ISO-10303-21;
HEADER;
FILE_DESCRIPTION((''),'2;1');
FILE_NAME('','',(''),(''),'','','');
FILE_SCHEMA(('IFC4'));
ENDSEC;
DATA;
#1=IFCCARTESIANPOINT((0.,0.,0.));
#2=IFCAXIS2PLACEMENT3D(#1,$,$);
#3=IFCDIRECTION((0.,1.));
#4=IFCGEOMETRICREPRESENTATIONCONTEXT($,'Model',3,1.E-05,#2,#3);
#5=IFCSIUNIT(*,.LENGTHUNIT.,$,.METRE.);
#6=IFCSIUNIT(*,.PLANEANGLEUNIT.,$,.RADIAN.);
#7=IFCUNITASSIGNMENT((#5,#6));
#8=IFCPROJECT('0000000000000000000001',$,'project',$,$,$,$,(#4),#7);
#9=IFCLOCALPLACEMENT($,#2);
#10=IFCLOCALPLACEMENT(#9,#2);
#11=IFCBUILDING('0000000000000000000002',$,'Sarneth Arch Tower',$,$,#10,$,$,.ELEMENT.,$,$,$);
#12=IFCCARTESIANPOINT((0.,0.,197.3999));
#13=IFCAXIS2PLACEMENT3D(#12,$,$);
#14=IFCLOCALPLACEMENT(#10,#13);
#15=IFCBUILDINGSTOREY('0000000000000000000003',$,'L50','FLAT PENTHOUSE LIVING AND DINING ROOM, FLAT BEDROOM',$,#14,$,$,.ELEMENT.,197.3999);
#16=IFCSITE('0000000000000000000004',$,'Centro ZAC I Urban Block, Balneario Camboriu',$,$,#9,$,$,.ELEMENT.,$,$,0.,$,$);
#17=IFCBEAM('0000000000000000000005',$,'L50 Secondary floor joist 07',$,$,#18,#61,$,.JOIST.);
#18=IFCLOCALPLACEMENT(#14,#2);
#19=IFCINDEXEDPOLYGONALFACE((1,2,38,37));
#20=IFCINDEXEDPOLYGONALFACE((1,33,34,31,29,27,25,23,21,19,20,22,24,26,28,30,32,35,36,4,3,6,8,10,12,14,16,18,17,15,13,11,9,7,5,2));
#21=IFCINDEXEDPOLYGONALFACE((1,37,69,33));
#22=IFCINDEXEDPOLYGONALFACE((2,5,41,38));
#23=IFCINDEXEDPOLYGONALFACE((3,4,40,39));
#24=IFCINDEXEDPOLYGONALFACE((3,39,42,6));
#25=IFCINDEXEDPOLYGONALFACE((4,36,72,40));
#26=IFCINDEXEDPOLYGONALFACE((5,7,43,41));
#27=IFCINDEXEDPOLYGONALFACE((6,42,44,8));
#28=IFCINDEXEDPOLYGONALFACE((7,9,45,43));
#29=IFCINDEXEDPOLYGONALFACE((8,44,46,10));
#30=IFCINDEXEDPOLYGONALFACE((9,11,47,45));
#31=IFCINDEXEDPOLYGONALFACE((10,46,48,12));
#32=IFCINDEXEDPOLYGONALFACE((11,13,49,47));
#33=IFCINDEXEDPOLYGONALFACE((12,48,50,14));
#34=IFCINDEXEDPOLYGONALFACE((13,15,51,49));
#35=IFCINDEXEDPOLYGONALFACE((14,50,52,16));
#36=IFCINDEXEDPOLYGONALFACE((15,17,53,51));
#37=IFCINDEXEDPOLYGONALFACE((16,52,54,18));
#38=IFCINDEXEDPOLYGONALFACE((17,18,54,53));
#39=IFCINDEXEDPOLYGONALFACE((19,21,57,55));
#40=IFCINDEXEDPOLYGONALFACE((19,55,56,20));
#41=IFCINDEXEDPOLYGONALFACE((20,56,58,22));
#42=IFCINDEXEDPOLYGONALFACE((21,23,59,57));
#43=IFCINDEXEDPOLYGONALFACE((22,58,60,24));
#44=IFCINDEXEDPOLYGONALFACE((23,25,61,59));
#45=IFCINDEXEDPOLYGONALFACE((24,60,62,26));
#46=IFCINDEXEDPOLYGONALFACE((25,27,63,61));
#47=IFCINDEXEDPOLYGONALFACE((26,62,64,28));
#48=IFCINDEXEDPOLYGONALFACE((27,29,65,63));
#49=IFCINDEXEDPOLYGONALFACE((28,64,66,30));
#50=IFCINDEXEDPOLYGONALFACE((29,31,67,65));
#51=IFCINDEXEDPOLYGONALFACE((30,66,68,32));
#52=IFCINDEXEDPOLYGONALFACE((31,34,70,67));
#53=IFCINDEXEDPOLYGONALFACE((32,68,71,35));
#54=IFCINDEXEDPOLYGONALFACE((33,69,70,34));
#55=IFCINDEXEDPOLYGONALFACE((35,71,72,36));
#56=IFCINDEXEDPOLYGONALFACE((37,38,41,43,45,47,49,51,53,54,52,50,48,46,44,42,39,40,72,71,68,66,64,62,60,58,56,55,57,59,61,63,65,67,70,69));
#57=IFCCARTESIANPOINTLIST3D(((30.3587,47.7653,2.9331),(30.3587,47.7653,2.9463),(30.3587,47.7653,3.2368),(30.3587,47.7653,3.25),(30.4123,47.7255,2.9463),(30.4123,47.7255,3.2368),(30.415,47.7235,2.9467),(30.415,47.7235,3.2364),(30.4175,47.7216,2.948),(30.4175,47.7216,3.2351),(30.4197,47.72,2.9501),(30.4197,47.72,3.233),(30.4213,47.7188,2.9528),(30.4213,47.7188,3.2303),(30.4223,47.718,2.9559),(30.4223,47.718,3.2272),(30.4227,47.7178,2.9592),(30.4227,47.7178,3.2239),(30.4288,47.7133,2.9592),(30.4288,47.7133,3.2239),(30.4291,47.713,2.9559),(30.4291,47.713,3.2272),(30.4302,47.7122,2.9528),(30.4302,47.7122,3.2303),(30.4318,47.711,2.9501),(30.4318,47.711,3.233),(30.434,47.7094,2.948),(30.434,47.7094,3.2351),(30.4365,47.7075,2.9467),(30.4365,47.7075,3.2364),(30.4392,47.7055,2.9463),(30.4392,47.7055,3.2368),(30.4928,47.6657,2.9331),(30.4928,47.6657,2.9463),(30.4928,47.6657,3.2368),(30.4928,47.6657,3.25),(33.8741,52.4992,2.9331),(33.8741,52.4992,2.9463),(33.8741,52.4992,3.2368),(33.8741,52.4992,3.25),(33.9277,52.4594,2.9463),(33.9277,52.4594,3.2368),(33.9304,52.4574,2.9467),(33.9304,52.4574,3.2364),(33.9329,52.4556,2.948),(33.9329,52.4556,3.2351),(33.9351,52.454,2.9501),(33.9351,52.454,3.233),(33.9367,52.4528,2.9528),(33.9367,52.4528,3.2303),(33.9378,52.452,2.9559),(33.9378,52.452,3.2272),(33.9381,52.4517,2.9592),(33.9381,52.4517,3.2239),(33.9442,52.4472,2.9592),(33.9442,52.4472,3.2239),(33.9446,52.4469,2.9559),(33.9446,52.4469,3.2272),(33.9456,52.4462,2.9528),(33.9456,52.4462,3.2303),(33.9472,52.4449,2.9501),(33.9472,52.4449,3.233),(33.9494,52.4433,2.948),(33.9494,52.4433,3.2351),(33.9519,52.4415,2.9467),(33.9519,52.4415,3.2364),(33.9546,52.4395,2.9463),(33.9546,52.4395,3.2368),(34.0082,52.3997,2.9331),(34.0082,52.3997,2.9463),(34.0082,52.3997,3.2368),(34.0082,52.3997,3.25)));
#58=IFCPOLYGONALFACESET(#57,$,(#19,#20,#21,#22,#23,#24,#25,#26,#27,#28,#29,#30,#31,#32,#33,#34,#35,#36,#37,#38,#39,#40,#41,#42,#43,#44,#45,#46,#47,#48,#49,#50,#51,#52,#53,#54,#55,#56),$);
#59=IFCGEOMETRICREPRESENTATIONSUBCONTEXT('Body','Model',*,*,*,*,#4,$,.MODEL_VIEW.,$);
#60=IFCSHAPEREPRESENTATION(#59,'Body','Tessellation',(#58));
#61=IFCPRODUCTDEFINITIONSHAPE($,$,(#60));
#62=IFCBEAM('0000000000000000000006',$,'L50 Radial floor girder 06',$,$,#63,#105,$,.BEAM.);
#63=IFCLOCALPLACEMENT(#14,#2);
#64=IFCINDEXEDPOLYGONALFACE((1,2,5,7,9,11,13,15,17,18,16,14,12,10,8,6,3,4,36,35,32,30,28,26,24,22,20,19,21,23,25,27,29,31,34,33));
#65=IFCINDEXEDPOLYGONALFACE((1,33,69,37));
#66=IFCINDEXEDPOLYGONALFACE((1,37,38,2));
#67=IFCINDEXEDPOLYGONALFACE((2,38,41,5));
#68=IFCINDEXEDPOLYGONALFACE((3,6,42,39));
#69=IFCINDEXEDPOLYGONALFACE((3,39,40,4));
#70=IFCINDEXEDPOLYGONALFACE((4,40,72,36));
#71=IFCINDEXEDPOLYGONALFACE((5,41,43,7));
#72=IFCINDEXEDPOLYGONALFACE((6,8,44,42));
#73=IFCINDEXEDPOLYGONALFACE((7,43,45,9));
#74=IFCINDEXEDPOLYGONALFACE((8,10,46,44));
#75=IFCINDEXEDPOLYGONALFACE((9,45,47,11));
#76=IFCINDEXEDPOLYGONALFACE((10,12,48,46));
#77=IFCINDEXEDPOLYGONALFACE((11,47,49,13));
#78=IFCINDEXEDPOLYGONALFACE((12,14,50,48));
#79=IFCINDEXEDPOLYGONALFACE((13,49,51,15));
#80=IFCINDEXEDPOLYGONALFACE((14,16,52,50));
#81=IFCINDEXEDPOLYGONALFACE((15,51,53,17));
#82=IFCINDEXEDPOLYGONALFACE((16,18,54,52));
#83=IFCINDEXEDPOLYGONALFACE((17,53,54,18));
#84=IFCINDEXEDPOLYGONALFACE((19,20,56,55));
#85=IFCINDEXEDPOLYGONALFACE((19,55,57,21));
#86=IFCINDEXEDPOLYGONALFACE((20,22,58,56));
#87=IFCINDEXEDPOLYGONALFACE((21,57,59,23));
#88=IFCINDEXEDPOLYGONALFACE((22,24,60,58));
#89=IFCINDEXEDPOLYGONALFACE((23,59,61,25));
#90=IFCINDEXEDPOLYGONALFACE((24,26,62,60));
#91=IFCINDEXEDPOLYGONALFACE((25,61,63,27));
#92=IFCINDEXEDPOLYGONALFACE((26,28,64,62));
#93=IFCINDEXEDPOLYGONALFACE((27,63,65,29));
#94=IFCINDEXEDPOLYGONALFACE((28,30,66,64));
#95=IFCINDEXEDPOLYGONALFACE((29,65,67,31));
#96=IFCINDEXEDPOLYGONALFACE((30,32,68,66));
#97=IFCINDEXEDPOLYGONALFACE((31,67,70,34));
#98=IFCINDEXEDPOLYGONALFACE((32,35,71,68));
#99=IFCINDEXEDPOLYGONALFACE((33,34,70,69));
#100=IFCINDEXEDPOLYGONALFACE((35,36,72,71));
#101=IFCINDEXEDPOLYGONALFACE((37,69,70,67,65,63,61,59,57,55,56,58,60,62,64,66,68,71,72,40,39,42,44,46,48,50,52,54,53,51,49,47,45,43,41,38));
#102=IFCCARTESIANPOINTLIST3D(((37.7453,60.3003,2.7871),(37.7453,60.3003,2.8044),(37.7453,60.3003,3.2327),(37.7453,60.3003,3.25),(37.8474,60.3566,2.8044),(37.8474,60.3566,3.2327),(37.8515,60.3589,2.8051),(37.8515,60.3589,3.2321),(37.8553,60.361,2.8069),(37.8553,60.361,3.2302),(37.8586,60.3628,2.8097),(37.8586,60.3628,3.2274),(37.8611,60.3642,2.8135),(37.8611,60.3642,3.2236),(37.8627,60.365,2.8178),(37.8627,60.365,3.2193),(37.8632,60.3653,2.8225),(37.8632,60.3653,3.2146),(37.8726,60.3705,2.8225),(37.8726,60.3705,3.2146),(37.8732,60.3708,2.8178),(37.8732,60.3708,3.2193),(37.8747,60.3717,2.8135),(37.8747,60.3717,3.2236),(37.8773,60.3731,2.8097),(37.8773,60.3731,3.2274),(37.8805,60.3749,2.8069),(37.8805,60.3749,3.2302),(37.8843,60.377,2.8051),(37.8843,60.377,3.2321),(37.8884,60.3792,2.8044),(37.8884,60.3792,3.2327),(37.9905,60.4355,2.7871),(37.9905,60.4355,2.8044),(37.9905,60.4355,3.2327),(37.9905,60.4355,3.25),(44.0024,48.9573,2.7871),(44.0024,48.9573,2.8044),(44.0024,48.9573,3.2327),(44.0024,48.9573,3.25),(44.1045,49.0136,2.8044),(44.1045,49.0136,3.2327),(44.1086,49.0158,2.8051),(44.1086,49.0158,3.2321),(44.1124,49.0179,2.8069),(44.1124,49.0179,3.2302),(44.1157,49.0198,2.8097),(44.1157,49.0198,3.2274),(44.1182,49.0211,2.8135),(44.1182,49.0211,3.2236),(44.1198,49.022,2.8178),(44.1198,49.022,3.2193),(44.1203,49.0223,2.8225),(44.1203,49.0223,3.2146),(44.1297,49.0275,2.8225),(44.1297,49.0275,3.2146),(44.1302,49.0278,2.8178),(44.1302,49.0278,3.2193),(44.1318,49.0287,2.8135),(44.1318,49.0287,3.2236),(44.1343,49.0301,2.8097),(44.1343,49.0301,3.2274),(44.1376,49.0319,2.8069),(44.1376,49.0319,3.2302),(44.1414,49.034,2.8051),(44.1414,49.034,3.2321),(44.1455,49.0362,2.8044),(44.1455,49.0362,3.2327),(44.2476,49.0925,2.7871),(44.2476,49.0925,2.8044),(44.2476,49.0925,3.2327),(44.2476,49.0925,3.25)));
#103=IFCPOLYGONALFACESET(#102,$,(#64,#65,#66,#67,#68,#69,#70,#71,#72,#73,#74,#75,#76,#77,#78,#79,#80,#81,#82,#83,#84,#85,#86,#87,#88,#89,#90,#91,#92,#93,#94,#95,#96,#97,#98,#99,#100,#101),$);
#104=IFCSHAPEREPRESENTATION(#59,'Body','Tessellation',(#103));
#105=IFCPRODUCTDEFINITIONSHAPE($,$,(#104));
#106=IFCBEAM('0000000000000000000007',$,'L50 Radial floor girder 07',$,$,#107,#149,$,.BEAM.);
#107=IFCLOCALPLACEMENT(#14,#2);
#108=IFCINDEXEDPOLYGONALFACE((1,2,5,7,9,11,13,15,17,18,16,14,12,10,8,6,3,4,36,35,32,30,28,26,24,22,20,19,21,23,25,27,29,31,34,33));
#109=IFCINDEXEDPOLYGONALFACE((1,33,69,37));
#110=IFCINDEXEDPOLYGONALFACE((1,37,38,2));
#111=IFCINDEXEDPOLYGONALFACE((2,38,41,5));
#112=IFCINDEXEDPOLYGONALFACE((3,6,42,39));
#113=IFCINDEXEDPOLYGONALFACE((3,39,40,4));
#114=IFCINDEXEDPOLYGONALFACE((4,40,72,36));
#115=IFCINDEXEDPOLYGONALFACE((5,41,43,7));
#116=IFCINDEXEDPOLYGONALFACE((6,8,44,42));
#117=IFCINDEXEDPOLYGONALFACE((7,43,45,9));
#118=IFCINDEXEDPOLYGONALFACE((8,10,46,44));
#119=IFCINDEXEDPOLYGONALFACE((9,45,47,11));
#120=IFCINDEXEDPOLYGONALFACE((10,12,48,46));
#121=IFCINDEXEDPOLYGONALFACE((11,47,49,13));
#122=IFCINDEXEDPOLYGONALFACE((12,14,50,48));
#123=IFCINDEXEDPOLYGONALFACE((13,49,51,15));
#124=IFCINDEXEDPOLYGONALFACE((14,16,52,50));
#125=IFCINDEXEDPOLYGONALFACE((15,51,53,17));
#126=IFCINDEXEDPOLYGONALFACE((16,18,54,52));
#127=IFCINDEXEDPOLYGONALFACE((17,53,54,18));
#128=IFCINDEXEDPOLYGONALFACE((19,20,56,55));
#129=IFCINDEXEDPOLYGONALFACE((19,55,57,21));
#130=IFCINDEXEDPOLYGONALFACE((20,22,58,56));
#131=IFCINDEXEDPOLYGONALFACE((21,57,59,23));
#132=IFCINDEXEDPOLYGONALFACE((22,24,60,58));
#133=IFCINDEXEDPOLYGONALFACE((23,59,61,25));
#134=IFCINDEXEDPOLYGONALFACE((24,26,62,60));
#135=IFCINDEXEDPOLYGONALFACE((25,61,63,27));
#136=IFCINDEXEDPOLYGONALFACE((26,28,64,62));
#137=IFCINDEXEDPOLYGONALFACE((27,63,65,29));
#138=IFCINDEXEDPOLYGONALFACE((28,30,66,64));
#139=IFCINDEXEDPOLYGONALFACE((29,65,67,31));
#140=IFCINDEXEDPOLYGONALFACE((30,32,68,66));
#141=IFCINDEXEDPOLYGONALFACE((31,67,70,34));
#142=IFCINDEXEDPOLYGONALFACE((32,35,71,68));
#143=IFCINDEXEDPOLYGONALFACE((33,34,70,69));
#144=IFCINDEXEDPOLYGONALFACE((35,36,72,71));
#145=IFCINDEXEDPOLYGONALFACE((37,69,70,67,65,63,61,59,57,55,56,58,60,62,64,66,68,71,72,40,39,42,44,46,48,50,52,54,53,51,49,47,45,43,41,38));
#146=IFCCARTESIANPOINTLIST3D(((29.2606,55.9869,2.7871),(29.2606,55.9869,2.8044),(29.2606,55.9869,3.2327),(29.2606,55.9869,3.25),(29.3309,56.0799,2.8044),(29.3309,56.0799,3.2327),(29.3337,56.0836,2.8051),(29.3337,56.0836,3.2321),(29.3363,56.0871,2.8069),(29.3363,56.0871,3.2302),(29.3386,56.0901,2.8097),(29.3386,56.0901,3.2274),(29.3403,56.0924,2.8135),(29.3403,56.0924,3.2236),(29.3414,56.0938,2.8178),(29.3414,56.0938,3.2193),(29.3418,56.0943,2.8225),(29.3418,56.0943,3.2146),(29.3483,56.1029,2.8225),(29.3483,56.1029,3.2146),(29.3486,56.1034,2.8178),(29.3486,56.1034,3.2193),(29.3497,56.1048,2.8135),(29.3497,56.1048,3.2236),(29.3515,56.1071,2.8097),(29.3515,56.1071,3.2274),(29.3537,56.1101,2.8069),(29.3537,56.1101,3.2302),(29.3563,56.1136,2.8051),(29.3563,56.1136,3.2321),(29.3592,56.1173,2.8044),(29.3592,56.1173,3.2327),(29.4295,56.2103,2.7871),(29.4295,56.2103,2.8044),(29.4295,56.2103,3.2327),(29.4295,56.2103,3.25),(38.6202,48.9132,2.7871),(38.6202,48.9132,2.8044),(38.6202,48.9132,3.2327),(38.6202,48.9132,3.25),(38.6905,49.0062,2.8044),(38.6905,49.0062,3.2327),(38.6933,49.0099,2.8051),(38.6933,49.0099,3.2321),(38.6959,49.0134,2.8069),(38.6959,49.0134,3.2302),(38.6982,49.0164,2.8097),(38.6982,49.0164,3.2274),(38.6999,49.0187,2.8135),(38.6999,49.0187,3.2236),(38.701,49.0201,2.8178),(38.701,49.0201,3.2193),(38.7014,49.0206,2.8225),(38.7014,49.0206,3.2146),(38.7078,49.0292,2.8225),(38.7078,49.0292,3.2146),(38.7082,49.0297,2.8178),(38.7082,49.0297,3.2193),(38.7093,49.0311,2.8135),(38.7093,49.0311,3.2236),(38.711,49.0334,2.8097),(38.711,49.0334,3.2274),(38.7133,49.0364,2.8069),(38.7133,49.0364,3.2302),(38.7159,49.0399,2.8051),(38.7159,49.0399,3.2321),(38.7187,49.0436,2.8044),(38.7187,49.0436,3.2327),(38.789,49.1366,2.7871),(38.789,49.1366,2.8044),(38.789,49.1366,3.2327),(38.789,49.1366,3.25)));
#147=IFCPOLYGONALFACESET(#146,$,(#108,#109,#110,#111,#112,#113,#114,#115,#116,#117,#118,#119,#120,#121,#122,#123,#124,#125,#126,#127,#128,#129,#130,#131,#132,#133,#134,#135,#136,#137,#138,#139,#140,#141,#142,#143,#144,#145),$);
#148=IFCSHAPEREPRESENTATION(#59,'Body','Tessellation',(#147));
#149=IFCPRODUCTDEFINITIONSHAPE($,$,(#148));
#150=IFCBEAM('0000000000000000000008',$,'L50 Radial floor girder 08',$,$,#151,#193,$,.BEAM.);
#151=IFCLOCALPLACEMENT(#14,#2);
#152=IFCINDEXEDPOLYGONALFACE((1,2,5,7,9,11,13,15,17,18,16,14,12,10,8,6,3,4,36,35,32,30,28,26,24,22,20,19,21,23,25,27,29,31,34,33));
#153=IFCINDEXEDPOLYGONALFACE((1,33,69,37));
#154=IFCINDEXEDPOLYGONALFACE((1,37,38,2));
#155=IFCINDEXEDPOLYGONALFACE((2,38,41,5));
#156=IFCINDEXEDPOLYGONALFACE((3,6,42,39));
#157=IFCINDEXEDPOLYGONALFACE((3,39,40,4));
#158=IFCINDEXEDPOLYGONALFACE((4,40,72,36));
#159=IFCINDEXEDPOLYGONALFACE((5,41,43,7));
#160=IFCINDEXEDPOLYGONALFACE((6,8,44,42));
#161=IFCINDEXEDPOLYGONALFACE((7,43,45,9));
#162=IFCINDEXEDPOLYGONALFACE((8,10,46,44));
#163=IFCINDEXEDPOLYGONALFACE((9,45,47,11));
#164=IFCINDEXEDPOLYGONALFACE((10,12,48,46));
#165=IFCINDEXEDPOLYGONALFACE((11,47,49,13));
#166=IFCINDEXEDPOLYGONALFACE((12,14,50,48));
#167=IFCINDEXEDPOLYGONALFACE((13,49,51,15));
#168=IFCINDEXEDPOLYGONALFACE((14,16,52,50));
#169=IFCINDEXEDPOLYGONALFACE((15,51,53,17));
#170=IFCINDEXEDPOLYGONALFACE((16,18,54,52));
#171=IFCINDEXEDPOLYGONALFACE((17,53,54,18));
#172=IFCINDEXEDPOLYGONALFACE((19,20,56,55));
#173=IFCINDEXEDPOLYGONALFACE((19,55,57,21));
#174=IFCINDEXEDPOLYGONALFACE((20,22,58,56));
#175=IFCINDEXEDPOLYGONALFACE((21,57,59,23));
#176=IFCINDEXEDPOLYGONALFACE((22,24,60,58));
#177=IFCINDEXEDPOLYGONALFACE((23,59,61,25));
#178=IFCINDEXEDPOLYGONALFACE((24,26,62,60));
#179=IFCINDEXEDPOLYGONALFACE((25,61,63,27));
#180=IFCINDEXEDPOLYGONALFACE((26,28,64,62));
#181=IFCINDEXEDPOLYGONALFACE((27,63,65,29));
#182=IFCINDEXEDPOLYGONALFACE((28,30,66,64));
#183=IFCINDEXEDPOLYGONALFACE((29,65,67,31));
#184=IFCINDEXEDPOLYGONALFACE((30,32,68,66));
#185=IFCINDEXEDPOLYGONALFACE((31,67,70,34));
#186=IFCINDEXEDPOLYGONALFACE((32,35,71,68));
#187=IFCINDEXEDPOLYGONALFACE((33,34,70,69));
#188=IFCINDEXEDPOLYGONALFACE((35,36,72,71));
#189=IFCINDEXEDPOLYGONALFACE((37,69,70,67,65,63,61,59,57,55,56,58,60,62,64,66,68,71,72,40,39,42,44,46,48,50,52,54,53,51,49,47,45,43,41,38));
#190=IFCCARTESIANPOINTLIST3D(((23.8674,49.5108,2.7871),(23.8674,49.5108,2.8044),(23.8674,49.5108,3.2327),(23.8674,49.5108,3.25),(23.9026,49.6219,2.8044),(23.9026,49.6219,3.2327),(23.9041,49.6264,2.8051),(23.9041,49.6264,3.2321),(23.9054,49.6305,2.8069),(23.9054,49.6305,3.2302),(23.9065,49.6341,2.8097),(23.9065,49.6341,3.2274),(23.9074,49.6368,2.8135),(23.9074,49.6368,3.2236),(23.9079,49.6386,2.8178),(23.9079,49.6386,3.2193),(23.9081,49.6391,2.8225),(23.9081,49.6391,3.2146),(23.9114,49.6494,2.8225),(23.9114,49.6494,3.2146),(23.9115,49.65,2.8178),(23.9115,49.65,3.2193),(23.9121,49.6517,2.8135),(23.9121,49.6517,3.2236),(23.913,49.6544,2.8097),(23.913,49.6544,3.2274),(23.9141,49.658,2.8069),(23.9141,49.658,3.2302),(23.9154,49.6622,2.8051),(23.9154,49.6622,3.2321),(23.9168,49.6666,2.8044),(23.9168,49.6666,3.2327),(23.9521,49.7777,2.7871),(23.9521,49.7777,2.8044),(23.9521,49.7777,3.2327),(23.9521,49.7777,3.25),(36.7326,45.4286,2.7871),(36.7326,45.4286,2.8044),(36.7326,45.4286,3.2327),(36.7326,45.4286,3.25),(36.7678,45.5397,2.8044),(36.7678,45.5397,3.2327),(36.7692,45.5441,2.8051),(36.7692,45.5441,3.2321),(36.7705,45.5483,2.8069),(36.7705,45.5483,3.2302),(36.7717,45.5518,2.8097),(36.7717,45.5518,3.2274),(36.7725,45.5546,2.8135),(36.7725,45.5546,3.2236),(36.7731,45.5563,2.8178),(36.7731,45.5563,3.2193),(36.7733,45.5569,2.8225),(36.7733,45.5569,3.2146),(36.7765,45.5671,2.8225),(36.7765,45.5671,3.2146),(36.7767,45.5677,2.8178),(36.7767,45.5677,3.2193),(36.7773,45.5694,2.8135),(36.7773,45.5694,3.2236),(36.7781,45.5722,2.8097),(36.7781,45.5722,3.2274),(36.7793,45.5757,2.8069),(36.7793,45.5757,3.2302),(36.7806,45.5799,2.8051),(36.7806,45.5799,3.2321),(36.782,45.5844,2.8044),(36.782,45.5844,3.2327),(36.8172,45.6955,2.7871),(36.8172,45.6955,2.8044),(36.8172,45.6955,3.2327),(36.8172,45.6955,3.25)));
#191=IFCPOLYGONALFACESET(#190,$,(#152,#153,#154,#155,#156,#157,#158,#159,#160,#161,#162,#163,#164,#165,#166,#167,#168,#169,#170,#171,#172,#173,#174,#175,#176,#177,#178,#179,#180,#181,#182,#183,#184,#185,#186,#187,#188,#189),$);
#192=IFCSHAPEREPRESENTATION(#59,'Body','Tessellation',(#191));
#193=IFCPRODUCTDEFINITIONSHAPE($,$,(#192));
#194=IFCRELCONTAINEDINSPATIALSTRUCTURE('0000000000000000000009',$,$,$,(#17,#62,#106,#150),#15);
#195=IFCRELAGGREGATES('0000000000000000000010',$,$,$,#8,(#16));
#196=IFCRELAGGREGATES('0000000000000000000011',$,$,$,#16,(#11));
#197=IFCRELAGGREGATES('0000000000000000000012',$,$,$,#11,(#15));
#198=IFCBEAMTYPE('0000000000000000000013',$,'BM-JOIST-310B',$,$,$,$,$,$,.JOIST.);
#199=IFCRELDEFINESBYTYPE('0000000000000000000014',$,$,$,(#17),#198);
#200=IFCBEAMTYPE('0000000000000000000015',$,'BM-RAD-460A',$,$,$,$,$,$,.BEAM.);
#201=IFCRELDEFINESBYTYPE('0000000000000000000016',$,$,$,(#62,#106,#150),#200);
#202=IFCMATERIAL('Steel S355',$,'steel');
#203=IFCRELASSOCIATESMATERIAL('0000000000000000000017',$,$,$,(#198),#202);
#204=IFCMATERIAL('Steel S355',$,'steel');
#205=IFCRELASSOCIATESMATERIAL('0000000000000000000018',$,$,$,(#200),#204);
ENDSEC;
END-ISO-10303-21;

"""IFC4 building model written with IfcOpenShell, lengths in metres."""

from ifc_helpers import new_model, si_unit, direction, frame, origin, origin_2d, place, context, subcontext, project, spatial, i_section, extrude, material, material_profile, profile_set, type_object, element, save


model = new_model("IFC4")

# Units and contexts
model_context = context("Model", 3, precision=1e-05, world=origin(), true_north=direction((0.0, 1.0)))
body_context = subcontext(model_context, "Body", "Model", "MODEL_VIEW")
ifc_project = project(units=[si_unit("LENGTHUNIT", "METRE"), si_unit("PLANEANGLEUNIT", "RADIAN")], contexts=[model_context])

# Site, building, storey
site_placement = place(None, origin())
site = spatial("IfcSite", under=ifc_project, at=site_placement, Name="Centro ZAC I Urban Block, Balneario Camboriu", CompositionType="ELEMENT", RefElevation=0.0)
building_placement = place(site_placement, origin())
building = spatial("IfcBuilding", under=site, at=building_placement, Name="Sarneth Arch Tower", CompositionType="ELEMENT")
storey_placement = place(building_placement, frame((0.0, 0.0, 197.3999)))
storey = spatial("IfcBuildingStorey", under=building, at=storey_placement, Name="L50", Description="FLAT PENTHOUSE LIVING AND DINING ROOM, FLAT BEDROOM", CompositionType="ELEMENT", Elevation=197.3999)

# Beams
ifc_material_1 = material(Name="Steel S355", Category="steel")
ifc_material_profile_1 = material_profile(ifc_material_1, i_section(OverallWidth=0.167, OverallDepth=0.3169, WebThickness=0.0076, FlangeThickness=0.0132, FilletRadius=0.0129, at=origin_2d()), Name="W310x52")
ifc_profile_set_1 = profile_set([ifc_material_profile_1], Name="Steel S355")
beam_type_1 = type_object("IfcBeamType", Name="BM-JOIST-310B", PredefinedType="JOIST", material=ifc_profile_set_1)
beam_1_placement = place(storey_placement, frame((33.9412, 52.4495, 3.0916), z_axis=(-0.596191, -0.802843, 0.0), x_axis=(0.802843, -0.596191, 0.0)))
element("IfcBeam", 1, at=beam_1_placement, inside=storey, type_object=beam_type_1, Name="L50 Secondary floor joist 07", PredefinedType="JOIST", context=body_context, shape_type="SweptSolid", body=[
    extrude(i_section(OverallWidth=0.167, OverallDepth=0.3169, WebThickness=0.0076, FlangeThickness=0.0132, FilletRadius=0.0129, at=origin_2d()), origin(), (0.0, 0.0, 1.0), 5.8965),
])
ifc_material_2 = material(Name="Steel S355", Category="steel")
ifc_material_profile_2 = material_profile(ifc_material_2, i_section(OverallWidth=0.28, OverallDepth=0.4629, WebThickness=0.0107, FlangeThickness=0.0173, FilletRadius=0.0181, at=origin_2d()), Name="W460x113")
ifc_profile_set_2 = profile_set([ifc_material_profile_2], Name="Steel S355")
beam_type_2 = type_object("IfcBeamType", Name="BM-RAD-460A", PredefinedType="BEAM", material=ifc_profile_set_2)
beam_2_placement = place(storey_placement, frame((44.125, 49.0249, 3.0186), z_axis=(-0.48301, 0.875615, 0.0), x_axis=(-0.875615, -0.48301, 0.0)))
element("IfcBeam", 2, at=beam_2_placement, inside=storey, type_object=beam_type_2, Name="L50 Radial floor girder 06", PredefinedType="BEAM", context=body_context, shape_type="SweptSolid", body=[
    extrude(i_section(OverallWidth=0.28, OverallDepth=0.4629, WebThickness=0.0107, FlangeThickness=0.0173, FilletRadius=0.0181, at=origin_2d()), origin(), (0.0, 0.0, 1.0), 12.9543),
])
beam_3_placement = place(storey_placement, frame((38.7046, 49.0249, 3.0186), z_axis=(-0.797785, 0.602943, 0.0), x_axis=(-0.602943, -0.797785, 0.0)))
element("IfcBeam", 3, at=beam_3_placement, inside=storey, type_object=beam_type_2, Name="L50 Radial floor girder 07", PredefinedType="BEAM", context=body_context, shape_type="SweptSolid", body=[
    extrude(i_section(OverallWidth=0.28, OverallDepth=0.4629, WebThickness=0.0107, FlangeThickness=0.0173, FilletRadius=0.0181, at=origin_2d()), origin(), (0.0, 0.0, 1.0), 11.7319),
])
beam_4_placement = place(storey_placement, frame((36.7749, 45.562, 3.0186), z_axis=(-0.953165, 0.302449, 0.0), x_axis=(-0.302449, -0.953165, 0.0)))
element("IfcBeam", 4, at=beam_4_placement, inside=storey, type_object=beam_type_2, Name="L50 Radial floor girder 08", PredefinedType="BEAM", context=body_context, shape_type="SweptSolid", body=[
    extrude(i_section(OverallWidth=0.28, OverallDepth=0.4629, WebThickness=0.0107, FlangeThickness=0.0173, FilletRadius=0.0181, at=origin_2d()), origin(), (0.0, 0.0, 1.0), 13.4973),
])

save(model, "model.ifc")
